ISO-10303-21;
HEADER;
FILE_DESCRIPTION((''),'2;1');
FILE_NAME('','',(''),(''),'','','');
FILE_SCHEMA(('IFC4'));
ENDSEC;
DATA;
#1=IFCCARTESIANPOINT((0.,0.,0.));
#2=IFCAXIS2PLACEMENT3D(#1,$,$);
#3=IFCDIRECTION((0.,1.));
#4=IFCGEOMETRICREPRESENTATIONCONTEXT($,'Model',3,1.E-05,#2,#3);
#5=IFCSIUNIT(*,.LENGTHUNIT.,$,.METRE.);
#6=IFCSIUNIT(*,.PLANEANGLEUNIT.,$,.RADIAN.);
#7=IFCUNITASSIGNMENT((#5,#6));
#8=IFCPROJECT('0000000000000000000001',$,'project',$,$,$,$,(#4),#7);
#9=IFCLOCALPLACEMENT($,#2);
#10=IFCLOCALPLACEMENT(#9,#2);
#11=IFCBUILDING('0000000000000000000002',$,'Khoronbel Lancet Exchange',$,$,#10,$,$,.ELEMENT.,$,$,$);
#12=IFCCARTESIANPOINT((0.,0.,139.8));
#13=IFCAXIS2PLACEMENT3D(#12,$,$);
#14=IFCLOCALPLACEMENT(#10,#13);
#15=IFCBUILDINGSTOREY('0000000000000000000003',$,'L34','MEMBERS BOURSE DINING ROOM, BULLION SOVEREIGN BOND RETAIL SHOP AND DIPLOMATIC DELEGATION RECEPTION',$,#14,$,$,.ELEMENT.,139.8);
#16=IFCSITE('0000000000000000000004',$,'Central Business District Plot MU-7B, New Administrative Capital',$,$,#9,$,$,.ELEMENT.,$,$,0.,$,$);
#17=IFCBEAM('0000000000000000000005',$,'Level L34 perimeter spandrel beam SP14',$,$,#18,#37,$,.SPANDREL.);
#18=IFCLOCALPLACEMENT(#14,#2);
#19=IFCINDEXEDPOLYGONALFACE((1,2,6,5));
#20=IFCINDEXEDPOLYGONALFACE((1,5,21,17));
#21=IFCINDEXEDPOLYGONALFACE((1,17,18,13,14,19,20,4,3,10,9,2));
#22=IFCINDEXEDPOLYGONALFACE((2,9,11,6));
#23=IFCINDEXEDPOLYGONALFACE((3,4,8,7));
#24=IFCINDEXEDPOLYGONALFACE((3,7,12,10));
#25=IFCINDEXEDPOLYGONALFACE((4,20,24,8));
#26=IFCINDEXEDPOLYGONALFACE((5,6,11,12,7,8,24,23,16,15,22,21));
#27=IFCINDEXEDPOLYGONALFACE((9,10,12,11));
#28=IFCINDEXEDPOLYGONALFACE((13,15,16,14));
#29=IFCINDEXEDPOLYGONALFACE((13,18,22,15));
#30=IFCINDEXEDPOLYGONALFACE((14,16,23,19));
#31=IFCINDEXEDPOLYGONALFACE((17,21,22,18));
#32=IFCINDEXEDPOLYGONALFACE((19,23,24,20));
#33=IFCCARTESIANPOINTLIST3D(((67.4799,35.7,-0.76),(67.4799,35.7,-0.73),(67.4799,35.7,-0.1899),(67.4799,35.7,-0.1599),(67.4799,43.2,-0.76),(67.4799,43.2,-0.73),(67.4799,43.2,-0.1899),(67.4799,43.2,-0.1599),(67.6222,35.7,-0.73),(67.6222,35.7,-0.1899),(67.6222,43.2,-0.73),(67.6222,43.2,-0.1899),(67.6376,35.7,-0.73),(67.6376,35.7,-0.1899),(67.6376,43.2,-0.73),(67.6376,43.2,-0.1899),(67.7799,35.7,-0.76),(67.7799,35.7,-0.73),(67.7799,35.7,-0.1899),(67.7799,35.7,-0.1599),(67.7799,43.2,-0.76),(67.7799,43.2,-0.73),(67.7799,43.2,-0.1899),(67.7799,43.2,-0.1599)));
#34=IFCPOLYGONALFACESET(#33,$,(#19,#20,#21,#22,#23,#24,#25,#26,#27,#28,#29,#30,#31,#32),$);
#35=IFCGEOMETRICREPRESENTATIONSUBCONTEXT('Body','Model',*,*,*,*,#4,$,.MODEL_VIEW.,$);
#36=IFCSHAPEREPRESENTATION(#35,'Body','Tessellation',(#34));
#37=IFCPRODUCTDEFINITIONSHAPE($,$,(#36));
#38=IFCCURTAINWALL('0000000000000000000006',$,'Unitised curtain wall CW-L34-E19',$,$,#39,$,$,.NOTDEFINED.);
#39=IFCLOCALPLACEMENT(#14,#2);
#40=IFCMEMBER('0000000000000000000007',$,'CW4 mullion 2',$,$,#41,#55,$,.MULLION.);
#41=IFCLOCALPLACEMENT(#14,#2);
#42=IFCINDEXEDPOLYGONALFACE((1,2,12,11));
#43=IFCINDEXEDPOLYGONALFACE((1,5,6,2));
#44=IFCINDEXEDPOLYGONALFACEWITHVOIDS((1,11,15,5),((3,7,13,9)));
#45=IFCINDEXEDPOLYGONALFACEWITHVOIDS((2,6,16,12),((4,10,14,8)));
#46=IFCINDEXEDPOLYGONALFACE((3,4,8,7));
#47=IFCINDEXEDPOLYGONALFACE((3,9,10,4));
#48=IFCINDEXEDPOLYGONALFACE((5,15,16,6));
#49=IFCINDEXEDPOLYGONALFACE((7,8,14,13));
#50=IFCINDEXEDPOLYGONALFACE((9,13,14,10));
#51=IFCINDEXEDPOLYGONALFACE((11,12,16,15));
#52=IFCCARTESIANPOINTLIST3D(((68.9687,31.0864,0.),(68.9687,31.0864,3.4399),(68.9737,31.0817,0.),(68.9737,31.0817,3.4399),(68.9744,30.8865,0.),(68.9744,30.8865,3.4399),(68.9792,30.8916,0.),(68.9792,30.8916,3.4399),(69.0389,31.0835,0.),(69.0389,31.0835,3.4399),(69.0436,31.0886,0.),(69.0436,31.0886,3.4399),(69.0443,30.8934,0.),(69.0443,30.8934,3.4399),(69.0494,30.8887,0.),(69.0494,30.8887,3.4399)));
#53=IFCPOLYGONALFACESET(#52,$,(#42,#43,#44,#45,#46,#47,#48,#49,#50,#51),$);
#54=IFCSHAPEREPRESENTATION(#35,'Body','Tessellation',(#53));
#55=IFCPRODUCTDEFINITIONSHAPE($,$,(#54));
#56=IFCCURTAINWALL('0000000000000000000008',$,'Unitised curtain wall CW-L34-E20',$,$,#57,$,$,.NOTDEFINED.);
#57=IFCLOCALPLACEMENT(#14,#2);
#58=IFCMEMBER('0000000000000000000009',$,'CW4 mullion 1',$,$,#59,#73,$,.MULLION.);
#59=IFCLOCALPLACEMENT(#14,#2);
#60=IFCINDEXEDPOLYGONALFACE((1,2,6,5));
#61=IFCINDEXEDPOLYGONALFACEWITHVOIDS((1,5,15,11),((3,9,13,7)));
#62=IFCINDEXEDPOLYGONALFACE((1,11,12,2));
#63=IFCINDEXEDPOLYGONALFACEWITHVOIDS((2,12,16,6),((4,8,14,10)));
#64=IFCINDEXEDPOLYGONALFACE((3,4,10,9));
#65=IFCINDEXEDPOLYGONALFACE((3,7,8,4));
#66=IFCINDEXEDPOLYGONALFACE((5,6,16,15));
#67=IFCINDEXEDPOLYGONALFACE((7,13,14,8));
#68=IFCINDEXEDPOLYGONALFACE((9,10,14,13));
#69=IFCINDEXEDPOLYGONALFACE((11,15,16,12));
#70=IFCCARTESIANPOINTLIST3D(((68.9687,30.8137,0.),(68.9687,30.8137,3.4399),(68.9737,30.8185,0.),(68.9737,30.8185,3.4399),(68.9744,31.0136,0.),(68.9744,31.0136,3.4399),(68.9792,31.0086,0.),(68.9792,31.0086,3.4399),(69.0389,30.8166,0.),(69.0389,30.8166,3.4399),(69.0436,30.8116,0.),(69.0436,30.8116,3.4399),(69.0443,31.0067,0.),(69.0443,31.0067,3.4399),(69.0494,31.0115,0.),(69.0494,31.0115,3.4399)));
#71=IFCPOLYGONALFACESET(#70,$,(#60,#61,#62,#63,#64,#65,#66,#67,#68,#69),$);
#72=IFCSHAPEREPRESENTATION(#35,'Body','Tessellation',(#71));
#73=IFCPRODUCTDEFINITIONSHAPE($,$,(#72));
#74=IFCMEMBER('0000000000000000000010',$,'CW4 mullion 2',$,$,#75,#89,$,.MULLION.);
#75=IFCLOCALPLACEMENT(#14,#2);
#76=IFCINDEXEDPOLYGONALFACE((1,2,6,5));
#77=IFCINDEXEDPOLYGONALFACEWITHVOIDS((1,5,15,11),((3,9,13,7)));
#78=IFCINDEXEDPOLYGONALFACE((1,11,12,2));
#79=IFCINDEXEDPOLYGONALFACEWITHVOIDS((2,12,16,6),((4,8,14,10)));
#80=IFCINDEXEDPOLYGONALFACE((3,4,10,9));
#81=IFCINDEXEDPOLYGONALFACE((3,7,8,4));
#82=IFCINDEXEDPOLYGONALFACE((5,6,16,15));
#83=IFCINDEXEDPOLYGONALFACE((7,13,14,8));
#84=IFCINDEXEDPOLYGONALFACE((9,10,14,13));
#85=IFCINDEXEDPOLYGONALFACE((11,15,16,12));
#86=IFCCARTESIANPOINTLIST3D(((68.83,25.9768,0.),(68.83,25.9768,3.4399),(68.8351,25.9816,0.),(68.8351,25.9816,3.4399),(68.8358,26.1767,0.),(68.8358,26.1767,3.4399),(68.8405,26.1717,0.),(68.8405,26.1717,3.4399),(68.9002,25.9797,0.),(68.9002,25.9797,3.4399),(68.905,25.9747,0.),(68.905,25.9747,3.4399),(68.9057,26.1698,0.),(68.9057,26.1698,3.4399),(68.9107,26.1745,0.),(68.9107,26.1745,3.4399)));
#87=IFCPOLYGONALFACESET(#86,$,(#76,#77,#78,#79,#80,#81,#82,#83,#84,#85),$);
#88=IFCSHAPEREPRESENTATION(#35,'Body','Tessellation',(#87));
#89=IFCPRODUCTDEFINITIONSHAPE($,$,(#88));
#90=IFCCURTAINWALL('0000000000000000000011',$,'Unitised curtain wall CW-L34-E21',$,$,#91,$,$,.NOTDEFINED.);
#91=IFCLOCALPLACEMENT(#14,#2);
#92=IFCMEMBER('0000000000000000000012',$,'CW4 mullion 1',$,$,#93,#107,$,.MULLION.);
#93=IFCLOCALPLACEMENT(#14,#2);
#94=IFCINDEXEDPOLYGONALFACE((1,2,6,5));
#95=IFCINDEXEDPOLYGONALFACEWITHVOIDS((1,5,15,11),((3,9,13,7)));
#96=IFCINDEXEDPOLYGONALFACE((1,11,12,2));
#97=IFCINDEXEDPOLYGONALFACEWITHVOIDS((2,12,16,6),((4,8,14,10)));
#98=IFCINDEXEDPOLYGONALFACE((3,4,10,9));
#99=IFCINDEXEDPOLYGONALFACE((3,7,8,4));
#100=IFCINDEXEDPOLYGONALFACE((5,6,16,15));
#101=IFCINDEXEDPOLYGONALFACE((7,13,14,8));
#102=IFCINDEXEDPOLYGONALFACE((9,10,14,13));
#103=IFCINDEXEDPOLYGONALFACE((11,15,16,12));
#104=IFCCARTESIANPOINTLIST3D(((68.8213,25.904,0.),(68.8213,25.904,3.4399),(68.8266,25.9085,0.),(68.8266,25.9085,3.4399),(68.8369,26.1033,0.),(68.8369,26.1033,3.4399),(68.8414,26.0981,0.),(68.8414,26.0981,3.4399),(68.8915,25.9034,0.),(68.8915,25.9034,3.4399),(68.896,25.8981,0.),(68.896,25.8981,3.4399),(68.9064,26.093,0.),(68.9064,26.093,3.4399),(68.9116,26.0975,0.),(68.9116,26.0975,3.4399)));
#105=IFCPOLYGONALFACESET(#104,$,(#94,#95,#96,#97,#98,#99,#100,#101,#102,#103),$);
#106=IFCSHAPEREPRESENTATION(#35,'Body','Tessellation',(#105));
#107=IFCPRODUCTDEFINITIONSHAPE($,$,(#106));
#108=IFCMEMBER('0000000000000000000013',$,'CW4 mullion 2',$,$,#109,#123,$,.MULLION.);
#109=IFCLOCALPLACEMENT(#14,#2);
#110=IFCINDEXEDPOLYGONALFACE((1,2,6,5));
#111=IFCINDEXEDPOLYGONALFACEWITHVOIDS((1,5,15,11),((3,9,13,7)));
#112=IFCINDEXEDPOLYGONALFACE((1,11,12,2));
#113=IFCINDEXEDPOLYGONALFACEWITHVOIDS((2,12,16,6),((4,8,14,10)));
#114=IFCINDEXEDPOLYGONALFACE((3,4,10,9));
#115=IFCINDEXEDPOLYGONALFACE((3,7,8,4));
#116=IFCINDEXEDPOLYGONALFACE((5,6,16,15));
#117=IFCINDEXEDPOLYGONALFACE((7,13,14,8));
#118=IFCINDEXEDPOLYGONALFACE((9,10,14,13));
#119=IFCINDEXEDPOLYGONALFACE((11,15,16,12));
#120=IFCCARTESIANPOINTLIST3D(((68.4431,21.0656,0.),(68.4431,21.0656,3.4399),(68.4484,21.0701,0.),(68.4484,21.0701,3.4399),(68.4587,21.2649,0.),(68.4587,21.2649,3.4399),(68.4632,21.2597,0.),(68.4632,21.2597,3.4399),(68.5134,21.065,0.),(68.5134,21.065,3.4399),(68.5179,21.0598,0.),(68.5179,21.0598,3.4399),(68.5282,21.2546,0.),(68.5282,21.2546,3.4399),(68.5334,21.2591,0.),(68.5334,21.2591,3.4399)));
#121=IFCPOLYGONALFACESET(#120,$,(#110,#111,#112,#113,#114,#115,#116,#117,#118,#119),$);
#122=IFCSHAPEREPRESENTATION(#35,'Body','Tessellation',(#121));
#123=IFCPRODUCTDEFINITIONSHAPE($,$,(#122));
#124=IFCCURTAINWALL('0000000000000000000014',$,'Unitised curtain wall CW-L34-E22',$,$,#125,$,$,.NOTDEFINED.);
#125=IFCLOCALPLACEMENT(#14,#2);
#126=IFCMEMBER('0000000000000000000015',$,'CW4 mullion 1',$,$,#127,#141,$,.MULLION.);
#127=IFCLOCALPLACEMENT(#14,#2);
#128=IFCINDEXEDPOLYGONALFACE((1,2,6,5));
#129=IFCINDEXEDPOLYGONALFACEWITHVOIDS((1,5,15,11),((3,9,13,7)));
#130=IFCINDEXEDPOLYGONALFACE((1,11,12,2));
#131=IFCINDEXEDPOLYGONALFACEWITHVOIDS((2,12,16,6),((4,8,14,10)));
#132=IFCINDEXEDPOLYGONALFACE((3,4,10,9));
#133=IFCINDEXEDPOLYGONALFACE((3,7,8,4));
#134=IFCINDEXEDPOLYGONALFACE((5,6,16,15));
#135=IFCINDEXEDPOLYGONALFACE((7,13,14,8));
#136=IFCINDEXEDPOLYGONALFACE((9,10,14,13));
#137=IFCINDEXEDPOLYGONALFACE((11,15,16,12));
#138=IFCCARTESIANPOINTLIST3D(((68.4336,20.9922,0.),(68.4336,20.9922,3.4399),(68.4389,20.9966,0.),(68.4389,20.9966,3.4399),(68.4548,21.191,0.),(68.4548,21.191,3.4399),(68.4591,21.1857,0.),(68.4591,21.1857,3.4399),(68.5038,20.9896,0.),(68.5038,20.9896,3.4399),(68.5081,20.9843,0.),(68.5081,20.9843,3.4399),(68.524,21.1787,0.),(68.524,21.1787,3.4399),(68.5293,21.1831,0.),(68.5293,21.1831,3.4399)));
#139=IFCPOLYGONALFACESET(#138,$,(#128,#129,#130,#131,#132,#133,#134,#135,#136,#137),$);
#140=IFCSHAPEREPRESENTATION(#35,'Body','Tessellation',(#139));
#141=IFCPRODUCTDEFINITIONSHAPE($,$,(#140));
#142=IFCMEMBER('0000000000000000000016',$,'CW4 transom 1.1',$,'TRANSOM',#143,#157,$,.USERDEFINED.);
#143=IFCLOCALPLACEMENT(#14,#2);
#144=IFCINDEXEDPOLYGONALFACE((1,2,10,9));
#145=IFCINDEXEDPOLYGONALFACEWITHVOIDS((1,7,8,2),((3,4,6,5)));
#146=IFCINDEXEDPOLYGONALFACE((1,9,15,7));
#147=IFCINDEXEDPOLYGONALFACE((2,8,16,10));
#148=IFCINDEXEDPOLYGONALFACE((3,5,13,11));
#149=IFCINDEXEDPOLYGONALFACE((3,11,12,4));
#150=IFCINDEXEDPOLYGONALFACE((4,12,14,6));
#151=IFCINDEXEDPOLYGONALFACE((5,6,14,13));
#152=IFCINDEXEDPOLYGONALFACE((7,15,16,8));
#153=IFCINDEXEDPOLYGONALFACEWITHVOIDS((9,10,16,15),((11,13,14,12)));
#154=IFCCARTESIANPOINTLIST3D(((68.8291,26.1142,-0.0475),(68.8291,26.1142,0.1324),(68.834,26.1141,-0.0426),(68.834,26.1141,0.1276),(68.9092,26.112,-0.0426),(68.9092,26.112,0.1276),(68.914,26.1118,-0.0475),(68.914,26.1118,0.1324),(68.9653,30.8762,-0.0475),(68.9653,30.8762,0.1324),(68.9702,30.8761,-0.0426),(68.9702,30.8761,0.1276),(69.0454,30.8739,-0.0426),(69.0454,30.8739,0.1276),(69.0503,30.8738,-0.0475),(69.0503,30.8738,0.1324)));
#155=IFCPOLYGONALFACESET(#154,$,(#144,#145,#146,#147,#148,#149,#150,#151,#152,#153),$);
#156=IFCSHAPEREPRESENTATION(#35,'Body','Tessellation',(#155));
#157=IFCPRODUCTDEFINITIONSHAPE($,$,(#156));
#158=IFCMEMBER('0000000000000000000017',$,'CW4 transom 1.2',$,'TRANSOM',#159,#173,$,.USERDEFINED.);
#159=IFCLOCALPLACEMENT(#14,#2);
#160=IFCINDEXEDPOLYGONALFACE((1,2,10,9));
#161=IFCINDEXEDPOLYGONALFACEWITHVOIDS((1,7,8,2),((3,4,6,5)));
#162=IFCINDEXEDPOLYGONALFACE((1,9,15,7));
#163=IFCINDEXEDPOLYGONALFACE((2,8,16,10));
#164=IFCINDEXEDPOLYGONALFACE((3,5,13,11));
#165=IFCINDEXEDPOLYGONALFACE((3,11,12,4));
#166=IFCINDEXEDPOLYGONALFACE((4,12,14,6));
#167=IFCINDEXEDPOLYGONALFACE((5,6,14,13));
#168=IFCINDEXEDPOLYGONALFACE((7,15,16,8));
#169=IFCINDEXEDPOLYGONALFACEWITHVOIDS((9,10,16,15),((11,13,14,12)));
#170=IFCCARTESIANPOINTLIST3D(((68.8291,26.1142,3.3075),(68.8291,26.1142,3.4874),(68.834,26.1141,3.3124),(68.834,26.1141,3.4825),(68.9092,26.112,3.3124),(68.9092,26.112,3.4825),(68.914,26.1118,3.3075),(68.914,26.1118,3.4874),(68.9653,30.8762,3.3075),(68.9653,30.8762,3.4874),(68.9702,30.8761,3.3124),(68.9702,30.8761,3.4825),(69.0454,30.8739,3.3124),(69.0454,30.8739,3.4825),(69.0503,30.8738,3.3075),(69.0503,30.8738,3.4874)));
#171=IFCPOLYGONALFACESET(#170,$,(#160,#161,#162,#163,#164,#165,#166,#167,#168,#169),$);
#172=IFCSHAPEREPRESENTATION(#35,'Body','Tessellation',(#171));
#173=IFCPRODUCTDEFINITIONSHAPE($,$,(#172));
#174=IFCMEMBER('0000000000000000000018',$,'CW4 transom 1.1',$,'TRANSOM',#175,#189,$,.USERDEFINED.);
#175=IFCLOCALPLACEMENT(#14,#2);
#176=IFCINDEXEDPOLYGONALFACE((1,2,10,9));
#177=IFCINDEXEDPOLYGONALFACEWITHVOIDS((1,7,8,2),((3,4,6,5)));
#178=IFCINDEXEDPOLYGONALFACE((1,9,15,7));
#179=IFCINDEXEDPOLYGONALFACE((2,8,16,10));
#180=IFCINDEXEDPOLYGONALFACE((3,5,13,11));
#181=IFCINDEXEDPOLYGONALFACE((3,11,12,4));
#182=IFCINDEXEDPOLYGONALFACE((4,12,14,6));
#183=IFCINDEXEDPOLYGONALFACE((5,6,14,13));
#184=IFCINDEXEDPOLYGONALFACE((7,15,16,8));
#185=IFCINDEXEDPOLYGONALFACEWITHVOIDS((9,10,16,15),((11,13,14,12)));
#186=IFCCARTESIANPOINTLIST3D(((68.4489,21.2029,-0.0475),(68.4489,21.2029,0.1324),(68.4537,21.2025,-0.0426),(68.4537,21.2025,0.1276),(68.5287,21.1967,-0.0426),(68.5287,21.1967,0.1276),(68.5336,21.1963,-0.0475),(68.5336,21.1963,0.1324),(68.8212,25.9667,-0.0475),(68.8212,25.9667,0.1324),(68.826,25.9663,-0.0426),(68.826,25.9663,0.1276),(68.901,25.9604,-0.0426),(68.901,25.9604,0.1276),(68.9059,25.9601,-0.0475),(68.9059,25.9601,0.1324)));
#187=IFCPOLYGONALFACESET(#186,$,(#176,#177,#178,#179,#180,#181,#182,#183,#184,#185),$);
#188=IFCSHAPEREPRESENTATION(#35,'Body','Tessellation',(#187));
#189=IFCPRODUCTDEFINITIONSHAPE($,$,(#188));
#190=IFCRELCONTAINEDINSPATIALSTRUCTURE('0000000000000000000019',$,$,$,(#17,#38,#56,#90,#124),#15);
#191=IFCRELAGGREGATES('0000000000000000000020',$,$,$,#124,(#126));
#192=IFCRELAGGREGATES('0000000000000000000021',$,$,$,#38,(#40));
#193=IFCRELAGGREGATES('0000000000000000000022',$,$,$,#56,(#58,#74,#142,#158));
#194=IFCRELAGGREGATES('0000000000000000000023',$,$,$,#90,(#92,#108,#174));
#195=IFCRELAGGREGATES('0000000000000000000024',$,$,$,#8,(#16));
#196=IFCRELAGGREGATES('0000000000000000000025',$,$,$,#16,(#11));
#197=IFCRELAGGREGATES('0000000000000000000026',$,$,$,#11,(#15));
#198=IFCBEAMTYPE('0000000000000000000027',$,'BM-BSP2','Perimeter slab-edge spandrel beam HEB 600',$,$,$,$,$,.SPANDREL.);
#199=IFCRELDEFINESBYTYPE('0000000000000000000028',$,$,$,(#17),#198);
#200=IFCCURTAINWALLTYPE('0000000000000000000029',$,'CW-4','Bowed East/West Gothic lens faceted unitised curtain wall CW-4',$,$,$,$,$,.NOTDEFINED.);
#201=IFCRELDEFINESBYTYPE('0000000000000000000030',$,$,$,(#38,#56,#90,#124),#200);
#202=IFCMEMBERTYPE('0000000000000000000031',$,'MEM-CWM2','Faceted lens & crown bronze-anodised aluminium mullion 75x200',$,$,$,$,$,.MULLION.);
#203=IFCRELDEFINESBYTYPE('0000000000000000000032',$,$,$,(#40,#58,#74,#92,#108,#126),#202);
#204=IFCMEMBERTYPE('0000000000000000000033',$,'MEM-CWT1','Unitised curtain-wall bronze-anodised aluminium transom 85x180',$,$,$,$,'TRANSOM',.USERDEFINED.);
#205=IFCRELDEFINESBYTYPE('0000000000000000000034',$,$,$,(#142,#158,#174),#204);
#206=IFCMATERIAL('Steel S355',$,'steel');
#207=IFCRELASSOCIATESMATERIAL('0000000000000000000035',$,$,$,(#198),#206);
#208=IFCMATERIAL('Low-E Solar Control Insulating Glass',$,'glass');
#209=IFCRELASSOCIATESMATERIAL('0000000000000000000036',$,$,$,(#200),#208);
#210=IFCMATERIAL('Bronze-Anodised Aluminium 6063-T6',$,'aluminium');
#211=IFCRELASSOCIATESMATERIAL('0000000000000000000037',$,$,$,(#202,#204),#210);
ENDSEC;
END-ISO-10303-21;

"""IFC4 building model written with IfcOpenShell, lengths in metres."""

from ifc_helpers import new_model, si_unit, direction, frame, origin, origin_2d, place, context, subcontext, project, spatial, hollow_rectangle, i_section, extrude, material, material_profile, profile_set, type_object, element, aggregate, save


model = new_model("IFC4")

# Units and contexts
model_context = context("Model", 3, precision=1e-05, world=origin(), true_north=direction((0.0, 1.0)))
body_context = subcontext(model_context, "Body", "Model", "MODEL_VIEW")
ifc_project = project(units=[si_unit("LENGTHUNIT", "METRE"), si_unit("PLANEANGLEUNIT", "RADIAN")], contexts=[model_context])

# Site, building, storey
site_placement = place(None, origin())
site = spatial("IfcSite", under=ifc_project, at=site_placement, Name="Central Business District Plot MU-7B, New Administrative Capital", CompositionType="ELEMENT", RefElevation=0.0)
building_placement = place(site_placement, origin())
building = spatial("IfcBuilding", under=site, at=building_placement, Name="Khoronbel Lancet Exchange", CompositionType="ELEMENT")
storey_placement = place(building_placement, frame((0.0, 0.0, 139.8)))
storey = spatial("IfcBuildingStorey", under=building, at=storey_placement, Name="L34", Description="MEMBERS BOURSE DINING ROOM, BULLION SOVEREIGN BOND RETAIL SHOP AND DIPLOMATIC DELEGATION RECEPTION", CompositionType="ELEMENT", Elevation=139.8)

# Shared definitions
ifc_material_1 = material(Name="Steel S355", Category="steel")

# Beam
ifc_material_profile_1 = material_profile(ifc_material_1, i_section(OverallWidth=0.3, OverallDepth=0.6001, WebThickness=0.0154, FlangeThickness=0.03, at=origin_2d()), Name="HEB 600")
ifc_profile_set_1 = profile_set([ifc_material_profile_1], Name="Steel S355")
beam_type_1 = type_object("IfcBeamType", Name="BM-BSP2", Description="Perimeter slab-edge spandrel beam HEB 600", PredefinedType="SPANDREL", material=ifc_profile_set_1)
beam_1_placement = place(storey_placement, frame((67.6299, 35.7, -0.46), z_axis=(0.0, 1.0, 0.0), x_axis=(-1.0, 0.0, 0.0)))
element("IfcBeam", 1, at=beam_1_placement, inside=storey, type_object=beam_type_1, Name="Level L34 perimeter spandrel beam SP14", PredefinedType="SPANDREL", context=body_context, shape_type="SweptSolid", body=[
    extrude(i_section(OverallWidth=0.3, OverallDepth=0.6001, WebThickness=0.0154, FlangeThickness=0.03, at=origin_2d()), origin(), (0.0, 0.0, 1.0), 7.5),
])

# Curtain wall, member
ifc_material_2 = material(Name="Low-E Solar Control Insulating Glass", Category="glass")
curtain_wall_type = type_object("IfcCurtainWallType", Name="CW-4", Description="Bowed East/West Gothic lens faceted unitised curtain wall CW-4", PredefinedType="NOTDEFINED", material=ifc_material_2)
curtain_wall_1_placement = place(storey_placement, origin())
curtain_wall_1 = element("IfcCurtainWall", 2, at=curtain_wall_1_placement, inside=storey, type_object=curtain_wall_type, Name="Unitised curtain wall CW-L34-E19", PredefinedType="NOTDEFINED")
ifc_material_3 = material(Name="Bronze-Anodised Aluminium 6063-T6", Category="aluminium")
ifc_material_profile_2 = material_profile(ifc_material_3, hollow_rectangle(XDim=0.075, YDim=0.2, WallThickness=0.0049, at=origin_2d()), Name="ALU MULLION 75x200")
ifc_profile_set_2 = profile_set([ifc_material_profile_2], Name="Bronze-Anodised Aluminium 6063-T6")
member_type_1 = type_object("IfcMemberType", Name="MEM-CWM2", Description="Faceted lens & crown bronze-anodised aluminium mullion 75x200", PredefinedType="MULLION", material=ifc_profile_set_2)
member_1_placement = place(storey_placement, frame((69.009, 30.9875, 0.0), z_axis=(0.0, 0.0, 1.0), x_axis=(0.999591, 0.028613, 0.0)))
member_1 = element("IfcMember", 3, at=member_1_placement, type_object=member_type_1, Name="CW4 mullion 2", PredefinedType="MULLION", context=body_context, shape_type="SweptSolid", body=[
    extrude(hollow_rectangle(XDim=0.075, YDim=0.2, WallThickness=0.0049, at=origin_2d()), origin(), (0.0, 0.0, 1.0), 3.4399),
])

# Curtain walls, members
curtain_wall_2_placement = place(storey_placement, origin())
curtain_wall_2 = element("IfcCurtainWall", 4, at=curtain_wall_2_placement, inside=storey, type_object=curtain_wall_type, Name="Unitised curtain wall CW-L34-E20", PredefinedType="NOTDEFINED")
member_2_placement = place(storey_placement, frame((69.009, 30.9126, 0.0), z_axis=(0.0, 0.0, 1.0), x_axis=(0.999591, -0.028613, 0.0)))
member_2 = element("IfcMember", 5, at=member_2_placement, type_object=member_type_1, Name="CW4 mullion 1", PredefinedType="MULLION", context=body_context, shape_type="SweptSolid", body=[
    extrude(hollow_rectangle(XDim=0.075, YDim=0.2, WallThickness=0.0049, at=origin_2d()), origin(), (0.0, 0.0, 1.0), 3.4399),
])
member_3_placement = place(storey_placement, frame((68.8704, 26.0757, 0.0), z_axis=(0.0, 0.0, 1.0), x_axis=(0.999591, -0.028613, 0.0)))
member_3 = element("IfcMember", 6, at=member_3_placement, type_object=member_type_1, Name="CW4 mullion 2", PredefinedType="MULLION", context=body_context, shape_type="SweptSolid", body=[
    extrude(hollow_rectangle(XDim=0.075, YDim=0.2, WallThickness=0.0049, at=origin_2d()), origin(), (0.0, 0.0, 1.0), 3.4399),
])
curtain_wall_3_placement = place(storey_placement, origin())
curtain_wall_3 = element("IfcCurtainWall", 7, at=curtain_wall_3_placement, inside=storey, type_object=curtain_wall_type, Name="Unitised curtain wall CW-L34-E21", PredefinedType="NOTDEFINED")
member_4_placement = place(storey_placement, frame((68.8665, 26.0007, 0.0), z_axis=(0.0, 0.0, 1.0), x_axis=(0.99696, -0.077921, 0.0)))
member_4 = element("IfcMember", 8, at=member_4_placement, type_object=member_type_1, Name="CW4 mullion 1", PredefinedType="MULLION", context=body_context, shape_type="SweptSolid", body=[
    extrude(hollow_rectangle(XDim=0.075, YDim=0.2, WallThickness=0.0049, at=origin_2d()), origin(), (0.0, 0.0, 1.0), 3.4399),
])
member_5_placement = place(storey_placement, frame((68.4883, 21.1624, 0.0), z_axis=(0.0, 0.0, 1.0), x_axis=(0.99696, -0.077921, 0.0)))
member_5 = element("IfcMember", 9, at=member_5_placement, type_object=member_type_1, Name="CW4 mullion 2", PredefinedType="MULLION", context=body_context, shape_type="SweptSolid", body=[
    extrude(hollow_rectangle(XDim=0.075, YDim=0.2, WallThickness=0.0049, at=origin_2d()), origin(), (0.0, 0.0, 1.0), 3.4399),
])

# Curtain wall, member
curtain_wall_4_placement = place(storey_placement, origin())
curtain_wall_4 = element("IfcCurtainWall", 10, at=curtain_wall_4_placement, inside=storey, type_object=curtain_wall_type, Name="Unitised curtain wall CW-L34-E22", PredefinedType="NOTDEFINED")
member_6_placement = place(storey_placement, frame((68.4814, 21.0876, 0.0), z_axis=(0.0, 0.0, 1.0), x_axis=(0.994347, -0.106181, 0.0)))
member_6 = element("IfcMember", 11, at=member_6_placement, type_object=member_type_1, Name="CW4 mullion 1", PredefinedType="MULLION", context=body_context, shape_type="SweptSolid", body=[
    extrude(hollow_rectangle(XDim=0.075, YDim=0.2, WallThickness=0.0049, at=origin_2d()), origin(), (0.0, 0.0, 1.0), 3.4399),
])

# Members
ifc_material_profile_3 = material_profile(ifc_material_3, hollow_rectangle(XDim=0.085, YDim=0.1799, WallThickness=0.0049, at=origin_2d()), Name="ALU TRANSOM 85x180")
ifc_profile_set_3 = profile_set([ifc_material_profile_3], Name="Bronze-Anodised Aluminium 6063-T6")
member_type_2 = type_object("IfcMemberType", Name="MEM-CWT1", Description="Unitised curtain-wall bronze-anodised aluminium transom 85x180", ElementType="TRANSOM", PredefinedType="USERDEFINED", material=ifc_profile_set_3)
member_7_placement = place(storey_placement, frame((69.0078, 30.875, 0.0425), z_axis=(-0.028596, -0.999591, 0.0), x_axis=(0.999591, -0.028596, 0.0)))
member_7 = element("IfcMember", 12, at=member_7_placement, type_object=member_type_2, Name="CW4 transom 1.1", ObjectType="TRANSOM", PredefinedType="USERDEFINED", context=body_context, shape_type="SweptSolid", body=[
    extrude(hollow_rectangle(XDim=0.085, YDim=0.1799, WallThickness=0.0049, at=origin_2d()), origin(), (0.0, 0.0, 1.0), 4.7639),
])
member_8_placement = place(storey_placement, frame((69.0078, 30.875, 3.3975), z_axis=(-0.028596, -0.999591, 0.0), x_axis=(0.999591, -0.028596, 0.0)))
member_8 = element("IfcMember", 13, at=member_8_placement, type_object=member_type_2, Name="CW4 transom 1.2", ObjectType="TRANSOM", PredefinedType="USERDEFINED", context=body_context, shape_type="SweptSolid", body=[
    extrude(hollow_rectangle(XDim=0.085, YDim=0.1799, WallThickness=0.0049, at=origin_2d()), origin(), (0.0, 0.0, 1.0), 4.7639),
])
member_9_placement = place(storey_placement, frame((68.8635, 25.9634, 0.0425), z_axis=(-0.077919, -0.99696, 0.0), x_axis=(0.99696, -0.077919, 0.0)))
member_9 = element("IfcMember", 14, at=member_9_placement, type_object=member_type_2, Name="CW4 transom 1.1", ObjectType="TRANSOM", PredefinedType="USERDEFINED", context=body_context, shape_type="SweptSolid", body=[
    extrude(hollow_rectangle(XDim=0.085, YDim=0.1799, WallThickness=0.0049, at=origin_2d()), origin(), (0.0, 0.0, 1.0), 4.7783),
])
aggregate(curtain_wall_4, [member_6])

aggregate(curtain_wall_1, [member_1])
aggregate(curtain_wall_2, [member_2, member_3, member_7, member_8])
aggregate(curtain_wall_3, [member_4, member_5, member_9])

save(model, "model.ifc")
